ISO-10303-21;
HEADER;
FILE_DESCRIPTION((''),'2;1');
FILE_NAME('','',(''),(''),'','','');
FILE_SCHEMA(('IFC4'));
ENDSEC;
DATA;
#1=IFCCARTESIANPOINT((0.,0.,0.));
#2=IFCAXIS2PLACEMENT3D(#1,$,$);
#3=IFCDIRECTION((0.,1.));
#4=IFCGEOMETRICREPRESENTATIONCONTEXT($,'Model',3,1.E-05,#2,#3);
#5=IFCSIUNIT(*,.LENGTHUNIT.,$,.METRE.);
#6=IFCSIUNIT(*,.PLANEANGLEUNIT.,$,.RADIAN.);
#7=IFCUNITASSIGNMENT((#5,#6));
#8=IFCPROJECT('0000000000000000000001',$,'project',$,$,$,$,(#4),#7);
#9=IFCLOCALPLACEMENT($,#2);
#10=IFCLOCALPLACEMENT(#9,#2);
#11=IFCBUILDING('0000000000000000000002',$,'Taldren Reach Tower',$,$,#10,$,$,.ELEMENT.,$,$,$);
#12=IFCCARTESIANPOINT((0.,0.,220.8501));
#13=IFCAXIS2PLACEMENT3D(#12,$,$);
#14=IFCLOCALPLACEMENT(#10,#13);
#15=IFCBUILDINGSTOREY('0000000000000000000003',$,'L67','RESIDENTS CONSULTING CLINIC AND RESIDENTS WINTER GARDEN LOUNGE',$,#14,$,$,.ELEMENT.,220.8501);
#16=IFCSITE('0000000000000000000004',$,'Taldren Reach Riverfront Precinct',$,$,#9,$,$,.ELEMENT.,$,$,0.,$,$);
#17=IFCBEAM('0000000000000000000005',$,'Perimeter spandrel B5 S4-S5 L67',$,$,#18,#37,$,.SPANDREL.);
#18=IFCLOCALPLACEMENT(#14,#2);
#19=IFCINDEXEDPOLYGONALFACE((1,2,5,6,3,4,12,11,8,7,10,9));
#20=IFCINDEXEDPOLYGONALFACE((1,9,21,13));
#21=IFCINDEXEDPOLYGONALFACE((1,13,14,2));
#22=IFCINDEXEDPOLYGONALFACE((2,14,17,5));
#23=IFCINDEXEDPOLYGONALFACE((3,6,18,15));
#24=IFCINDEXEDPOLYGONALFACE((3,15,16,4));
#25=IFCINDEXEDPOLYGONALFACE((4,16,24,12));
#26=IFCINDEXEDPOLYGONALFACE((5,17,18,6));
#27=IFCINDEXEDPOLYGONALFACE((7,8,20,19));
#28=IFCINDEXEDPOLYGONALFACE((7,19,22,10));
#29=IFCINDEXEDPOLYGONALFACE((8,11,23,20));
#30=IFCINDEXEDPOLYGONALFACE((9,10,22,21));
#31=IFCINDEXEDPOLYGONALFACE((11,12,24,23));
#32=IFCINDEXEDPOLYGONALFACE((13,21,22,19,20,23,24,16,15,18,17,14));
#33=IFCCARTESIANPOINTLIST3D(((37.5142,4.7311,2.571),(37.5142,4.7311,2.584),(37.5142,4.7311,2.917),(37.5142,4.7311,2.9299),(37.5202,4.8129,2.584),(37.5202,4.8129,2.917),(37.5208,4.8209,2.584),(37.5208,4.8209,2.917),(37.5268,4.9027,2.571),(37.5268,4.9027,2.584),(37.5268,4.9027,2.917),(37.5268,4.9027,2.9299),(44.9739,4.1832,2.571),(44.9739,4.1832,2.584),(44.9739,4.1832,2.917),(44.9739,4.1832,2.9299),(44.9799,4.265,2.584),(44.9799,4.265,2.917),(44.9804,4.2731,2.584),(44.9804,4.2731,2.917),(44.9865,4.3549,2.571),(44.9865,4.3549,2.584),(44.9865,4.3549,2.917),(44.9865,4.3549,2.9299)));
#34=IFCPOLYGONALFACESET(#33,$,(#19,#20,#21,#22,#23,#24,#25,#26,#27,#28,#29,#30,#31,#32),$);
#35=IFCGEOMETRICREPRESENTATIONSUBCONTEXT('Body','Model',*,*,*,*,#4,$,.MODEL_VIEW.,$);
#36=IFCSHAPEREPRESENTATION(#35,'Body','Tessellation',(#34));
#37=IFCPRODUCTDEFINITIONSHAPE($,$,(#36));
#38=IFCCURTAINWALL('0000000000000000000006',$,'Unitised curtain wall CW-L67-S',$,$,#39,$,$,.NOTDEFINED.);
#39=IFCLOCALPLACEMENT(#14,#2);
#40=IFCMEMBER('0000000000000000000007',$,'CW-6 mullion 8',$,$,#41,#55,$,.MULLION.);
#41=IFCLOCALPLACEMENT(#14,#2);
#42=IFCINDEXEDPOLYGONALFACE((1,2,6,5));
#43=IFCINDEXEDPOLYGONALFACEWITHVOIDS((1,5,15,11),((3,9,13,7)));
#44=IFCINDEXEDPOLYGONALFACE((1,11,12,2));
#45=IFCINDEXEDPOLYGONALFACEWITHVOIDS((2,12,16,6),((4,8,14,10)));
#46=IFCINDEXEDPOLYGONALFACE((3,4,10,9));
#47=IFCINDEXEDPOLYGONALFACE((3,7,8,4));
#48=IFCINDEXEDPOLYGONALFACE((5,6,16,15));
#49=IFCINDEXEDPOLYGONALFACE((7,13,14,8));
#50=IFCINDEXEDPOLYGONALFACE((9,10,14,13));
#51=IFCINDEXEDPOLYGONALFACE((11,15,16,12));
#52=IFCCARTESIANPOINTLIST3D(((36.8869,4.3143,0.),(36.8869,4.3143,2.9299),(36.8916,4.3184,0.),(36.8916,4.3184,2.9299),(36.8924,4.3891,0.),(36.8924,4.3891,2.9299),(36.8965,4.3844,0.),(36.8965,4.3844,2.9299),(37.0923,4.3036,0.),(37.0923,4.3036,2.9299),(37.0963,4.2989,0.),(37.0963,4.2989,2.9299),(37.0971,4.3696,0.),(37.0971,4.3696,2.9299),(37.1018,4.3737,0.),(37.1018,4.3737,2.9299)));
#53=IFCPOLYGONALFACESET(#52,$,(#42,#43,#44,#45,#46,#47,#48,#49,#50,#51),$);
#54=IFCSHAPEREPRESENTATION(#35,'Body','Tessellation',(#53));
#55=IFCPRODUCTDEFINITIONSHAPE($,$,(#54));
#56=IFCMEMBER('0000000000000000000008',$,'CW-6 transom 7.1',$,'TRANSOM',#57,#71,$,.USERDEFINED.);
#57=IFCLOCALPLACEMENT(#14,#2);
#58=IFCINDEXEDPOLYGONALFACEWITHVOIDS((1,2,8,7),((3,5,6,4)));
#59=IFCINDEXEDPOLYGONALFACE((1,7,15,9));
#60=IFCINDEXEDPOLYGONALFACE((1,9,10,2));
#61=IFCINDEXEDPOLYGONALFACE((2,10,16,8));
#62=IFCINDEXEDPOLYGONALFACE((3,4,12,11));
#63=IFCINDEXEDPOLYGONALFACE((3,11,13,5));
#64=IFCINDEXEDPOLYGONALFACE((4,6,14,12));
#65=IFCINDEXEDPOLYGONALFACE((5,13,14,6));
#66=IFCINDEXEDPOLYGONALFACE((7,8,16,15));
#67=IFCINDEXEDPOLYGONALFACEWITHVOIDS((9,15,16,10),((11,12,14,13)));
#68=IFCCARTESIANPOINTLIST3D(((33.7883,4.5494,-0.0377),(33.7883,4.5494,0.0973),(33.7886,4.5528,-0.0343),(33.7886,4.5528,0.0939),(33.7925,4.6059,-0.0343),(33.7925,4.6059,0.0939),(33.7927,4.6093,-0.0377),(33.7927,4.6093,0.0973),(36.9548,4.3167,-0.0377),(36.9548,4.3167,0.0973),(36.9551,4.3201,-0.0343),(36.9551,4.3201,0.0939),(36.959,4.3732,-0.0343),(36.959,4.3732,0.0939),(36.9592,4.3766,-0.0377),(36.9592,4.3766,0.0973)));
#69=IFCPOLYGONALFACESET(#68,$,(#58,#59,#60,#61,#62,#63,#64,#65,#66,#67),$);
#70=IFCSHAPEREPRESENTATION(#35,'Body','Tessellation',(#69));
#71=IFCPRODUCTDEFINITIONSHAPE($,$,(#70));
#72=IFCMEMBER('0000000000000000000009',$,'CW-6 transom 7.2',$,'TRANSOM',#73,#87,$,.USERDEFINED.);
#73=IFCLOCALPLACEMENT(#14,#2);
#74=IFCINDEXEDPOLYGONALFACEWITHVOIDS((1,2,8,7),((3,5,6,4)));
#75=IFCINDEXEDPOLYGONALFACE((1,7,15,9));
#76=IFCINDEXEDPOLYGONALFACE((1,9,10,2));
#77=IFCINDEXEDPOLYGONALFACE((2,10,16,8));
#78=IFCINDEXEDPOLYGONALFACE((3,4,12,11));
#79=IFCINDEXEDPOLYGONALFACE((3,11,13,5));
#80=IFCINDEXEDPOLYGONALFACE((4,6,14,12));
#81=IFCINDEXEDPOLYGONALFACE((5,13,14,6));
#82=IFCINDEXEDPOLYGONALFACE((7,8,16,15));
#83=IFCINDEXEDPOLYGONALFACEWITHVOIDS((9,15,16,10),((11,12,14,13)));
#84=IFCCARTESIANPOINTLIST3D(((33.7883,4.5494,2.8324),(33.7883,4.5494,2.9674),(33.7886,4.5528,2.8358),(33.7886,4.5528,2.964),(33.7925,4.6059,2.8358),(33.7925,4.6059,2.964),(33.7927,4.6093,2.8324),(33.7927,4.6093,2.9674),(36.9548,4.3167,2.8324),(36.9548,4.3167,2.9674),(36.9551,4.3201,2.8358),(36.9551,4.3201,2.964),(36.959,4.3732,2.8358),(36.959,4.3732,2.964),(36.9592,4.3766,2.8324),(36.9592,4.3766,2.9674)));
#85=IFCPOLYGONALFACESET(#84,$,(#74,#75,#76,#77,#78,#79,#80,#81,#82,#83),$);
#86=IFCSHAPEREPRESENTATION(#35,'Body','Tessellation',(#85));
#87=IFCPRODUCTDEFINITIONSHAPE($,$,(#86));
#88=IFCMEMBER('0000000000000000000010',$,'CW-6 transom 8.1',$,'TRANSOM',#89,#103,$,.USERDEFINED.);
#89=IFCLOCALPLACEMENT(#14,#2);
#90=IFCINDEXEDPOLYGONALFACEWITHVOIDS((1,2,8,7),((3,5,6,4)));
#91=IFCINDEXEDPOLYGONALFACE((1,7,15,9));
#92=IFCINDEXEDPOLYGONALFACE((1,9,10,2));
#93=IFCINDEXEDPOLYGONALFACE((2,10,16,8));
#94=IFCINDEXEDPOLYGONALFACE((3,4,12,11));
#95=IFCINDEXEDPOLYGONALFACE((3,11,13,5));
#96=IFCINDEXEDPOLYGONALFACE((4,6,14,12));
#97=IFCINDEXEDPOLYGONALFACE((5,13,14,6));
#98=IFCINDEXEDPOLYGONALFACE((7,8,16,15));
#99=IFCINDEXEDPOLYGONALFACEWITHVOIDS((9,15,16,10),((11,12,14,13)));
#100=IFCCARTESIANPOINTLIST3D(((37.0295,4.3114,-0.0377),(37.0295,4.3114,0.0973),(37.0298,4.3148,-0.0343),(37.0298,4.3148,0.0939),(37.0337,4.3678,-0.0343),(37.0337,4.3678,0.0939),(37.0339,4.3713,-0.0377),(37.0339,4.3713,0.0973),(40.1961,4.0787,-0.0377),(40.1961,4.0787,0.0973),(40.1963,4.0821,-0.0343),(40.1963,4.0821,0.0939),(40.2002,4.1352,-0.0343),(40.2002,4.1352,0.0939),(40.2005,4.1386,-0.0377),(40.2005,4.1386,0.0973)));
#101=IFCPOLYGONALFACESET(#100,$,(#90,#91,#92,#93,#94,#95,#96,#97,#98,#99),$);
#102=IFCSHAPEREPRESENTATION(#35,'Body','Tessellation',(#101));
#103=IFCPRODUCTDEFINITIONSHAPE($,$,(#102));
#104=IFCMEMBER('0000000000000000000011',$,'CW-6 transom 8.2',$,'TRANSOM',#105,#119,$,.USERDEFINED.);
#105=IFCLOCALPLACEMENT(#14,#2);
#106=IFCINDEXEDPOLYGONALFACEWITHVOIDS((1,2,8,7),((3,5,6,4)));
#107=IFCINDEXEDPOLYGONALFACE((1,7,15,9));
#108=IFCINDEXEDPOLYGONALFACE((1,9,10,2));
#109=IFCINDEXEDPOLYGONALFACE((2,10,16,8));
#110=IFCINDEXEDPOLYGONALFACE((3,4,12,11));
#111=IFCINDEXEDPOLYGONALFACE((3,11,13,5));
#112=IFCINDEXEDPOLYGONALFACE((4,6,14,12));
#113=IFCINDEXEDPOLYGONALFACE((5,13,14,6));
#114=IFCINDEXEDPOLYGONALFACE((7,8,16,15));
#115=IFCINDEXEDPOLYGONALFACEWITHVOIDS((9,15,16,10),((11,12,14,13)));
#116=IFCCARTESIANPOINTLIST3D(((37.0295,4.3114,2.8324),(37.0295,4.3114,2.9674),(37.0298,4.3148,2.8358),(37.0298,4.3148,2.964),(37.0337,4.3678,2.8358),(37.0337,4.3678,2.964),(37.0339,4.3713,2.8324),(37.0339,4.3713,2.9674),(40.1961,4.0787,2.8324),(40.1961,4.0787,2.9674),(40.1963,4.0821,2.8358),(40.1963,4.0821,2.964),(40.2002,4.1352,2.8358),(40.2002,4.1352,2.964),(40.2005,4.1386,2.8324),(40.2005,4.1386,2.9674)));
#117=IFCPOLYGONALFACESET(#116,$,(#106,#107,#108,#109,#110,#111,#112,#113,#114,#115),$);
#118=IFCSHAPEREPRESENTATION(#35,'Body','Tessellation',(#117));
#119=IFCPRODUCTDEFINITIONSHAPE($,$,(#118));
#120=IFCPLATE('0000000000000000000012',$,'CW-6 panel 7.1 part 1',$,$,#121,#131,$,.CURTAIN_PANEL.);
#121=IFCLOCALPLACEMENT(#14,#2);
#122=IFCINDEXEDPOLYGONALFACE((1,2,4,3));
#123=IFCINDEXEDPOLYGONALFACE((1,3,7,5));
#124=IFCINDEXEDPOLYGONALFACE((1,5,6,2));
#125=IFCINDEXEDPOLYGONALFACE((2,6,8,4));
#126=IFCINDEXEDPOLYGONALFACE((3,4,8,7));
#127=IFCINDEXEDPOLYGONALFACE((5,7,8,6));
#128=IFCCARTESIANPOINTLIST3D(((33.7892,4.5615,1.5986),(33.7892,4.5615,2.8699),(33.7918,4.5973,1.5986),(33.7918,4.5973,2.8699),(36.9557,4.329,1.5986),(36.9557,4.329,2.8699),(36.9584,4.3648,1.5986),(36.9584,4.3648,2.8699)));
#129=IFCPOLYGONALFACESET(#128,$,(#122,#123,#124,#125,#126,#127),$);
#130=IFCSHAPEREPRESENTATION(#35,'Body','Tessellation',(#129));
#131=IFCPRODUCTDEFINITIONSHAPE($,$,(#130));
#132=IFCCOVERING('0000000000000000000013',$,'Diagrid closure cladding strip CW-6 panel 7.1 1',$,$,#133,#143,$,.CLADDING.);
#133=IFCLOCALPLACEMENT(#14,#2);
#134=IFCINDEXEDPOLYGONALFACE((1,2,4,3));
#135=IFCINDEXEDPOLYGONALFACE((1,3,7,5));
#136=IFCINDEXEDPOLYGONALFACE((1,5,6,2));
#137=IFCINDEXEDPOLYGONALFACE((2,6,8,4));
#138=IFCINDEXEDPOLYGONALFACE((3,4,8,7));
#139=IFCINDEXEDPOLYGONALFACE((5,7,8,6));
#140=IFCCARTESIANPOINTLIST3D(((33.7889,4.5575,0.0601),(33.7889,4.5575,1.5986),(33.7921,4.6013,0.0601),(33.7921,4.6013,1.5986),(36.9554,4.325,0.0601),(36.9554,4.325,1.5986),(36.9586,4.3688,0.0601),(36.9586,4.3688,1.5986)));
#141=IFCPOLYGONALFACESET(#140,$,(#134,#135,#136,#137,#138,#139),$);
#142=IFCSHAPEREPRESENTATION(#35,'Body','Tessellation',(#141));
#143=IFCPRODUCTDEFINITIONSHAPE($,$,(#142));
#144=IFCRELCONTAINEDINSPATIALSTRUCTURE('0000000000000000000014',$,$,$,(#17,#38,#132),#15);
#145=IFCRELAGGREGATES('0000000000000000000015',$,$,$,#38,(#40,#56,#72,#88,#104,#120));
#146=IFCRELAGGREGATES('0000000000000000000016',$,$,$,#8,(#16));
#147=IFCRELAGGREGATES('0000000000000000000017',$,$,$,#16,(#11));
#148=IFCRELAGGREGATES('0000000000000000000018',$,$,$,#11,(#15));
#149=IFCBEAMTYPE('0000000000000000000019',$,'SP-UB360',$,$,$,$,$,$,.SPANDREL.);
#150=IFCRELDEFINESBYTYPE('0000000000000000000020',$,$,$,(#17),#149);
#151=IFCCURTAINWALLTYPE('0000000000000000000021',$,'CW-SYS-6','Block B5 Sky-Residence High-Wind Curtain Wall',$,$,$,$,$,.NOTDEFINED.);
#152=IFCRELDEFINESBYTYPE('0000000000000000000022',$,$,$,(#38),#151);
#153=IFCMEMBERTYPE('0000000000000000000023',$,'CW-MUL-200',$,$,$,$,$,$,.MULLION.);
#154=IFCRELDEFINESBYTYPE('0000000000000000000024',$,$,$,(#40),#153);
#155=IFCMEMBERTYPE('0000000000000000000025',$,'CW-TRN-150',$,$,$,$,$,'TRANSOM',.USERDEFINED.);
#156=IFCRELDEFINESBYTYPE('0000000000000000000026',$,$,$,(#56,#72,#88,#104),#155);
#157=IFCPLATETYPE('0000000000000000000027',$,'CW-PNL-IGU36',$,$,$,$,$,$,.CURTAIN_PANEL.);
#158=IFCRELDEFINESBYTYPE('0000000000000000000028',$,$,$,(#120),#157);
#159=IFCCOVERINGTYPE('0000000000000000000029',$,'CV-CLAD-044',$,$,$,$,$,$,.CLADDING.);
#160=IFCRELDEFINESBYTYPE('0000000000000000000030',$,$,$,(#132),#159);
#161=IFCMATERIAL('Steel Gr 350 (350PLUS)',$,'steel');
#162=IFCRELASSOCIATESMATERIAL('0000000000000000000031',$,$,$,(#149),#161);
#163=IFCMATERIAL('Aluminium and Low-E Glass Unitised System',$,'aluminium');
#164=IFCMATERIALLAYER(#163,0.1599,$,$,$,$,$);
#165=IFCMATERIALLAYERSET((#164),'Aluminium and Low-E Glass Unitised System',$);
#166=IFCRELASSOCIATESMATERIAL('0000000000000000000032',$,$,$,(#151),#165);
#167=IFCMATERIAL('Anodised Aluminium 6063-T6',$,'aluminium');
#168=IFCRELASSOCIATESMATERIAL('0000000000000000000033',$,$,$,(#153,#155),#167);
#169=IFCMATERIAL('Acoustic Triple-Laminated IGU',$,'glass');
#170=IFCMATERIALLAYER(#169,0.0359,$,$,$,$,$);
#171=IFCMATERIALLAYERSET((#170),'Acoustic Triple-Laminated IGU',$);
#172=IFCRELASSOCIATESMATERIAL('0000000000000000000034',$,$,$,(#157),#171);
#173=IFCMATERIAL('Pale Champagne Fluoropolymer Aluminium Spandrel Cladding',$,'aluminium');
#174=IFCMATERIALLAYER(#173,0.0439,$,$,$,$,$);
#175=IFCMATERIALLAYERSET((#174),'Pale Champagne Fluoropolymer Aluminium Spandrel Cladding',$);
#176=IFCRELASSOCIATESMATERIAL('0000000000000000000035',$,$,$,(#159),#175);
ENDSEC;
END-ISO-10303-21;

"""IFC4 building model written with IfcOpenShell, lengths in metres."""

from ifc_helpers import new_model, si_unit, direction, frame, origin, origin_2d, place, context, subcontext, project, spatial, rectangle, hollow_rectangle, i_section, extrude, source, transform, mapped, material, layer, layer_set, material_profile, profile_set, type_object, element, aggregate, save


model = new_model("IFC4")

# Units and contexts
model_context = context("Model", 3, precision=1e-05, world=origin(), true_north=direction((0.0, 1.0)))
body_context = subcontext(model_context, "Body", "Model", "MODEL_VIEW")
ifc_project = project(units=[si_unit("LENGTHUNIT", "METRE"), si_unit("PLANEANGLEUNIT", "RADIAN")], contexts=[model_context])

# Site, building, storey
site_placement = place(None, origin())
site = spatial("IfcSite", under=ifc_project, at=site_placement, Name="Taldren Reach Riverfront Precinct", CompositionType="ELEMENT", RefElevation=0.0)
building_placement = place(site_placement, origin())
building = spatial("IfcBuilding", under=site, at=building_placement, Name="Taldren Reach Tower", CompositionType="ELEMENT")
storey_placement = place(building_placement, frame((0.0, 0.0, 220.8501)))
storey = spatial("IfcBuildingStorey", under=building, at=storey_placement, Name="L67", Description="RESIDENTS CONSULTING CLINIC AND RESIDENTS WINTER GARDEN LOUNGE", CompositionType="ELEMENT", Elevation=220.8501)

# Shared definitions
ifc_material_1 = material(Name="Steel Gr 350 (350PLUS)", Category="steel")

# Beam
ifc_material_profile_1 = material_profile(ifc_material_1, i_section(OverallWidth=0.1721, OverallDepth=0.3589, WebThickness=0.0081, FlangeThickness=0.0129, at=origin_2d()), Name="360UB56.7")
ifc_profile_set_1 = profile_set([ifc_material_profile_1], Name="Steel Gr 350 (350PLUS)")
beam_type = type_object("IfcBeamType", Name="SP-UB360", PredefinedType="SPANDREL", material=ifc_profile_set_1)
shared_shape_1 = source(origin(), body_context, "Body", "SweptSolid", [
    extrude(i_section(OverallWidth=0.1721, OverallDepth=0.3589, WebThickness=0.0081, FlangeThickness=0.0129, at=origin_2d()), origin(), (0.0, 0.0, 1.0), 7.4797),
])
beam_1_placement = place(storey_placement, frame((37.5205, 4.8169, 2.7505), z_axis=(0.997314, -0.073244, 0.0), x_axis=(0.073244, 0.997314, 0.0)))
element("IfcBeam", 1, at=beam_1_placement, inside=storey, type_object=beam_type, Name="Perimeter spandrel B5 S4-S5 L67", PredefinedType="SPANDREL", context=body_context, shape_type="MappedRepresentation", body=[
    mapped(shared_shape_1, transform((0.0, 0.0, 0.0), scale=1.0)),
])

# Curtain wall, members, plate
ifc_material_2 = material(Name="Aluminium and Low-E Glass Unitised System", Category="aluminium")
ifc_layer_1 = layer(ifc_material_2, 0.1599)
ifc_layer_set_1 = layer_set([ifc_layer_1], Name="Aluminium and Low-E Glass Unitised System")
curtain_wall_type = type_object("IfcCurtainWallType", Name="CW-SYS-6", Description="Block B5 Sky-Residence High-Wind Curtain Wall", PredefinedType="NOTDEFINED", material=ifc_layer_set_1)
curtain_wall_placement = place(storey_placement, origin())
curtain_wall = element("IfcCurtainWall", 2, at=curtain_wall_placement, inside=storey, type_object=curtain_wall_type, Name="Unitised curtain wall CW-L67-S", PredefinedType="NOTDEFINED")
ifc_material_3 = material(Name="Anodised Aluminium 6063-T6", Category="aluminium")
ifc_material_profile_2 = material_profile(ifc_material_3, hollow_rectangle(XDim=0.075, YDim=0.21, WallThickness=0.0044, at=origin_2d()), Name="ALU-210x75x4.5RHS")
ifc_profile_set_2 = profile_set([ifc_material_profile_2], Name="Anodised Aluminium 6063-T6")
member_type_1 = type_object("IfcMemberType", Name="CW-MUL-200", PredefinedType="MULLION", material=ifc_profile_set_2)
shared_shape_2 = source(origin(), body_context, "Body", "SweptSolid", [
    extrude(hollow_rectangle(XDim=0.075, YDim=0.21, WallThickness=0.0044, at=origin_2d()), origin(), (0.0, 0.0, 1.0), 2.9299),
])
member_1_placement = place(storey_placement, frame((36.9944, 4.344, 0.0), z_axis=(0.0, 0.0, 1.0), x_axis=(0.073238, 0.997314, 0.0)))
member_1 = element("IfcMember", 3, at=member_1_placement, type_object=member_type_1, Name="CW-6 mullion 8", PredefinedType="MULLION", context=body_context, shape_type="MappedRepresentation", body=[
    mapped(shared_shape_2, transform((0.0, 0.0, 0.0), scale=1.0)),
])
ifc_material_profile_3 = material_profile(ifc_material_3, hollow_rectangle(XDim=0.0601, YDim=0.135, WallThickness=0.0034, at=origin_2d()), Name="ALU-135x60x3.5RHS")
ifc_profile_set_3 = profile_set([ifc_material_profile_3], Name="Anodised Aluminium 6063-T6")
member_type_2 = type_object("IfcMemberType", Name="CW-TRN-150", ElementType="TRANSOM", PredefinedType="USERDEFINED", material=ifc_profile_set_3)
shared_shape_3 = source(origin(), body_context, "Body", "SweptSolid", [
    extrude(hollow_rectangle(XDim=0.0601, YDim=0.135, WallThickness=0.0034, at=origin_2d()), origin(), (0.0, 0.0, 1.0), 3.175),
])
member_2_placement = place(storey_placement, frame((33.7905, 4.5793, 0.0298), z_axis=(0.997311, -0.07328, 0.0), x_axis=(0.07328, 0.997311, 0.0)))
member_2 = element("IfcMember", 4, at=member_2_placement, type_object=member_type_2, Name="CW-6 transom 7.1", ObjectType="TRANSOM", PredefinedType="USERDEFINED", context=body_context, shape_type="MappedRepresentation", body=[
    mapped(shared_shape_3, transform((0.0, 0.0, 0.0), scale=1.0)),
])
member_3_placement = place(storey_placement, frame((33.7905, 4.5793, 2.8999), z_axis=(0.997311, -0.07328, 0.0), x_axis=(0.07328, 0.997311, 0.0)))
member_3 = element("IfcMember", 5, at=member_3_placement, type_object=member_type_2, Name="CW-6 transom 7.2", ObjectType="TRANSOM", PredefinedType="USERDEFINED", context=body_context, shape_type="MappedRepresentation", body=[
    mapped(shared_shape_3, transform((0.0, 0.0, 0.0), scale=1.0)),
])
member_4_placement = place(storey_placement, frame((37.0317, 4.3413, 0.0298), z_axis=(0.997311, -0.07328, 0.0), x_axis=(0.07328, 0.997311, 0.0)))
member_4 = element("IfcMember", 6, at=member_4_placement, type_object=member_type_2, Name="CW-6 transom 8.1", ObjectType="TRANSOM", PredefinedType="USERDEFINED", context=body_context, shape_type="MappedRepresentation", body=[
    mapped(shared_shape_3, transform((0.0, 0.0, 0.0), scale=1.0)),
])
member_5_placement = place(storey_placement, frame((37.0317, 4.3413, 2.8999), z_axis=(0.997311, -0.07328, 0.0), x_axis=(0.07328, 0.997311, 0.0)))
member_5 = element("IfcMember", 7, at=member_5_placement, type_object=member_type_2, Name="CW-6 transom 8.2", ObjectType="TRANSOM", PredefinedType="USERDEFINED", context=body_context, shape_type="MappedRepresentation", body=[
    mapped(shared_shape_3, transform((0.0, 0.0, 0.0), scale=1.0)),
])
ifc_material_4 = material(Name="Acoustic Triple-Laminated IGU", Category="glass")
ifc_layer_2 = layer(ifc_material_4, 0.0359)
ifc_layer_set_2 = layer_set([ifc_layer_2], Name="Acoustic Triple-Laminated IGU")
plate_type = type_object("IfcPlateType", Name="CW-PNL-IGU36", PredefinedType="CURTAIN_PANEL", material=ifc_layer_set_2)
shared_shape_4 = source(origin(), body_context, "Body", "SweptSolid", [
    extrude(rectangle(XDim=3.175, YDim=0.0359, at=origin_2d()), origin(), (0.0, 0.0, 1.0), 1.2712),
])
plate_placement = place(storey_placement, frame((35.3738, 4.4631, 1.5986), z_axis=(0.0, 0.0, 1.0), x_axis=(0.997314, -0.073238, 0.0)))
plate = element("IfcPlate", 8, at=plate_placement, type_object=plate_type, Name="CW-6 panel 7.1 part 1", PredefinedType="CURTAIN_PANEL", context=body_context, shape_type="MappedRepresentation", body=[
    mapped(shared_shape_4, transform((0.0, 0.0, 0.0), scale=1.0)),
])
aggregate(curtain_wall, [member_1, member_2, member_3, member_4, member_5, plate])

# Covering
ifc_material_5 = material(Name="Pale Champagne Fluoropolymer Aluminium Spandrel Cladding", Category="aluminium")
ifc_layer_3 = layer(ifc_material_5, 0.0439)
ifc_layer_set_3 = layer_set([ifc_layer_3], Name="Pale Champagne Fluoropolymer Aluminium Spandrel Cladding")
covering_type = type_object("IfcCoveringType", Name="CV-CLAD-044", PredefinedType="CLADDING", material=ifc_layer_set_3)
shared_shape_5 = source(origin(), body_context, "Body", "SweptSolid", [
    extrude(rectangle(XDim=3.175, YDim=0.0439, at=origin_2d()), origin(), (0.0, 0.0, 1.0), 1.5386),
])
covering_placement = place(storey_placement, frame((35.3738, 4.4631, 0.0601), z_axis=(0.0, 0.0, 1.0), x_axis=(0.997314, -0.073238, 0.0)))
element("IfcCovering", 9, at=covering_placement, inside=storey, type_object=covering_type, Name="Diagrid closure cladding strip CW-6 panel 7.1 1", PredefinedType="CLADDING", context=body_context, shape_type="MappedRepresentation", body=[
    mapped(shared_shape_5, transform((0.0, 0.0, 0.0), scale=1.0)),
])

save(model, "model.ifc")
